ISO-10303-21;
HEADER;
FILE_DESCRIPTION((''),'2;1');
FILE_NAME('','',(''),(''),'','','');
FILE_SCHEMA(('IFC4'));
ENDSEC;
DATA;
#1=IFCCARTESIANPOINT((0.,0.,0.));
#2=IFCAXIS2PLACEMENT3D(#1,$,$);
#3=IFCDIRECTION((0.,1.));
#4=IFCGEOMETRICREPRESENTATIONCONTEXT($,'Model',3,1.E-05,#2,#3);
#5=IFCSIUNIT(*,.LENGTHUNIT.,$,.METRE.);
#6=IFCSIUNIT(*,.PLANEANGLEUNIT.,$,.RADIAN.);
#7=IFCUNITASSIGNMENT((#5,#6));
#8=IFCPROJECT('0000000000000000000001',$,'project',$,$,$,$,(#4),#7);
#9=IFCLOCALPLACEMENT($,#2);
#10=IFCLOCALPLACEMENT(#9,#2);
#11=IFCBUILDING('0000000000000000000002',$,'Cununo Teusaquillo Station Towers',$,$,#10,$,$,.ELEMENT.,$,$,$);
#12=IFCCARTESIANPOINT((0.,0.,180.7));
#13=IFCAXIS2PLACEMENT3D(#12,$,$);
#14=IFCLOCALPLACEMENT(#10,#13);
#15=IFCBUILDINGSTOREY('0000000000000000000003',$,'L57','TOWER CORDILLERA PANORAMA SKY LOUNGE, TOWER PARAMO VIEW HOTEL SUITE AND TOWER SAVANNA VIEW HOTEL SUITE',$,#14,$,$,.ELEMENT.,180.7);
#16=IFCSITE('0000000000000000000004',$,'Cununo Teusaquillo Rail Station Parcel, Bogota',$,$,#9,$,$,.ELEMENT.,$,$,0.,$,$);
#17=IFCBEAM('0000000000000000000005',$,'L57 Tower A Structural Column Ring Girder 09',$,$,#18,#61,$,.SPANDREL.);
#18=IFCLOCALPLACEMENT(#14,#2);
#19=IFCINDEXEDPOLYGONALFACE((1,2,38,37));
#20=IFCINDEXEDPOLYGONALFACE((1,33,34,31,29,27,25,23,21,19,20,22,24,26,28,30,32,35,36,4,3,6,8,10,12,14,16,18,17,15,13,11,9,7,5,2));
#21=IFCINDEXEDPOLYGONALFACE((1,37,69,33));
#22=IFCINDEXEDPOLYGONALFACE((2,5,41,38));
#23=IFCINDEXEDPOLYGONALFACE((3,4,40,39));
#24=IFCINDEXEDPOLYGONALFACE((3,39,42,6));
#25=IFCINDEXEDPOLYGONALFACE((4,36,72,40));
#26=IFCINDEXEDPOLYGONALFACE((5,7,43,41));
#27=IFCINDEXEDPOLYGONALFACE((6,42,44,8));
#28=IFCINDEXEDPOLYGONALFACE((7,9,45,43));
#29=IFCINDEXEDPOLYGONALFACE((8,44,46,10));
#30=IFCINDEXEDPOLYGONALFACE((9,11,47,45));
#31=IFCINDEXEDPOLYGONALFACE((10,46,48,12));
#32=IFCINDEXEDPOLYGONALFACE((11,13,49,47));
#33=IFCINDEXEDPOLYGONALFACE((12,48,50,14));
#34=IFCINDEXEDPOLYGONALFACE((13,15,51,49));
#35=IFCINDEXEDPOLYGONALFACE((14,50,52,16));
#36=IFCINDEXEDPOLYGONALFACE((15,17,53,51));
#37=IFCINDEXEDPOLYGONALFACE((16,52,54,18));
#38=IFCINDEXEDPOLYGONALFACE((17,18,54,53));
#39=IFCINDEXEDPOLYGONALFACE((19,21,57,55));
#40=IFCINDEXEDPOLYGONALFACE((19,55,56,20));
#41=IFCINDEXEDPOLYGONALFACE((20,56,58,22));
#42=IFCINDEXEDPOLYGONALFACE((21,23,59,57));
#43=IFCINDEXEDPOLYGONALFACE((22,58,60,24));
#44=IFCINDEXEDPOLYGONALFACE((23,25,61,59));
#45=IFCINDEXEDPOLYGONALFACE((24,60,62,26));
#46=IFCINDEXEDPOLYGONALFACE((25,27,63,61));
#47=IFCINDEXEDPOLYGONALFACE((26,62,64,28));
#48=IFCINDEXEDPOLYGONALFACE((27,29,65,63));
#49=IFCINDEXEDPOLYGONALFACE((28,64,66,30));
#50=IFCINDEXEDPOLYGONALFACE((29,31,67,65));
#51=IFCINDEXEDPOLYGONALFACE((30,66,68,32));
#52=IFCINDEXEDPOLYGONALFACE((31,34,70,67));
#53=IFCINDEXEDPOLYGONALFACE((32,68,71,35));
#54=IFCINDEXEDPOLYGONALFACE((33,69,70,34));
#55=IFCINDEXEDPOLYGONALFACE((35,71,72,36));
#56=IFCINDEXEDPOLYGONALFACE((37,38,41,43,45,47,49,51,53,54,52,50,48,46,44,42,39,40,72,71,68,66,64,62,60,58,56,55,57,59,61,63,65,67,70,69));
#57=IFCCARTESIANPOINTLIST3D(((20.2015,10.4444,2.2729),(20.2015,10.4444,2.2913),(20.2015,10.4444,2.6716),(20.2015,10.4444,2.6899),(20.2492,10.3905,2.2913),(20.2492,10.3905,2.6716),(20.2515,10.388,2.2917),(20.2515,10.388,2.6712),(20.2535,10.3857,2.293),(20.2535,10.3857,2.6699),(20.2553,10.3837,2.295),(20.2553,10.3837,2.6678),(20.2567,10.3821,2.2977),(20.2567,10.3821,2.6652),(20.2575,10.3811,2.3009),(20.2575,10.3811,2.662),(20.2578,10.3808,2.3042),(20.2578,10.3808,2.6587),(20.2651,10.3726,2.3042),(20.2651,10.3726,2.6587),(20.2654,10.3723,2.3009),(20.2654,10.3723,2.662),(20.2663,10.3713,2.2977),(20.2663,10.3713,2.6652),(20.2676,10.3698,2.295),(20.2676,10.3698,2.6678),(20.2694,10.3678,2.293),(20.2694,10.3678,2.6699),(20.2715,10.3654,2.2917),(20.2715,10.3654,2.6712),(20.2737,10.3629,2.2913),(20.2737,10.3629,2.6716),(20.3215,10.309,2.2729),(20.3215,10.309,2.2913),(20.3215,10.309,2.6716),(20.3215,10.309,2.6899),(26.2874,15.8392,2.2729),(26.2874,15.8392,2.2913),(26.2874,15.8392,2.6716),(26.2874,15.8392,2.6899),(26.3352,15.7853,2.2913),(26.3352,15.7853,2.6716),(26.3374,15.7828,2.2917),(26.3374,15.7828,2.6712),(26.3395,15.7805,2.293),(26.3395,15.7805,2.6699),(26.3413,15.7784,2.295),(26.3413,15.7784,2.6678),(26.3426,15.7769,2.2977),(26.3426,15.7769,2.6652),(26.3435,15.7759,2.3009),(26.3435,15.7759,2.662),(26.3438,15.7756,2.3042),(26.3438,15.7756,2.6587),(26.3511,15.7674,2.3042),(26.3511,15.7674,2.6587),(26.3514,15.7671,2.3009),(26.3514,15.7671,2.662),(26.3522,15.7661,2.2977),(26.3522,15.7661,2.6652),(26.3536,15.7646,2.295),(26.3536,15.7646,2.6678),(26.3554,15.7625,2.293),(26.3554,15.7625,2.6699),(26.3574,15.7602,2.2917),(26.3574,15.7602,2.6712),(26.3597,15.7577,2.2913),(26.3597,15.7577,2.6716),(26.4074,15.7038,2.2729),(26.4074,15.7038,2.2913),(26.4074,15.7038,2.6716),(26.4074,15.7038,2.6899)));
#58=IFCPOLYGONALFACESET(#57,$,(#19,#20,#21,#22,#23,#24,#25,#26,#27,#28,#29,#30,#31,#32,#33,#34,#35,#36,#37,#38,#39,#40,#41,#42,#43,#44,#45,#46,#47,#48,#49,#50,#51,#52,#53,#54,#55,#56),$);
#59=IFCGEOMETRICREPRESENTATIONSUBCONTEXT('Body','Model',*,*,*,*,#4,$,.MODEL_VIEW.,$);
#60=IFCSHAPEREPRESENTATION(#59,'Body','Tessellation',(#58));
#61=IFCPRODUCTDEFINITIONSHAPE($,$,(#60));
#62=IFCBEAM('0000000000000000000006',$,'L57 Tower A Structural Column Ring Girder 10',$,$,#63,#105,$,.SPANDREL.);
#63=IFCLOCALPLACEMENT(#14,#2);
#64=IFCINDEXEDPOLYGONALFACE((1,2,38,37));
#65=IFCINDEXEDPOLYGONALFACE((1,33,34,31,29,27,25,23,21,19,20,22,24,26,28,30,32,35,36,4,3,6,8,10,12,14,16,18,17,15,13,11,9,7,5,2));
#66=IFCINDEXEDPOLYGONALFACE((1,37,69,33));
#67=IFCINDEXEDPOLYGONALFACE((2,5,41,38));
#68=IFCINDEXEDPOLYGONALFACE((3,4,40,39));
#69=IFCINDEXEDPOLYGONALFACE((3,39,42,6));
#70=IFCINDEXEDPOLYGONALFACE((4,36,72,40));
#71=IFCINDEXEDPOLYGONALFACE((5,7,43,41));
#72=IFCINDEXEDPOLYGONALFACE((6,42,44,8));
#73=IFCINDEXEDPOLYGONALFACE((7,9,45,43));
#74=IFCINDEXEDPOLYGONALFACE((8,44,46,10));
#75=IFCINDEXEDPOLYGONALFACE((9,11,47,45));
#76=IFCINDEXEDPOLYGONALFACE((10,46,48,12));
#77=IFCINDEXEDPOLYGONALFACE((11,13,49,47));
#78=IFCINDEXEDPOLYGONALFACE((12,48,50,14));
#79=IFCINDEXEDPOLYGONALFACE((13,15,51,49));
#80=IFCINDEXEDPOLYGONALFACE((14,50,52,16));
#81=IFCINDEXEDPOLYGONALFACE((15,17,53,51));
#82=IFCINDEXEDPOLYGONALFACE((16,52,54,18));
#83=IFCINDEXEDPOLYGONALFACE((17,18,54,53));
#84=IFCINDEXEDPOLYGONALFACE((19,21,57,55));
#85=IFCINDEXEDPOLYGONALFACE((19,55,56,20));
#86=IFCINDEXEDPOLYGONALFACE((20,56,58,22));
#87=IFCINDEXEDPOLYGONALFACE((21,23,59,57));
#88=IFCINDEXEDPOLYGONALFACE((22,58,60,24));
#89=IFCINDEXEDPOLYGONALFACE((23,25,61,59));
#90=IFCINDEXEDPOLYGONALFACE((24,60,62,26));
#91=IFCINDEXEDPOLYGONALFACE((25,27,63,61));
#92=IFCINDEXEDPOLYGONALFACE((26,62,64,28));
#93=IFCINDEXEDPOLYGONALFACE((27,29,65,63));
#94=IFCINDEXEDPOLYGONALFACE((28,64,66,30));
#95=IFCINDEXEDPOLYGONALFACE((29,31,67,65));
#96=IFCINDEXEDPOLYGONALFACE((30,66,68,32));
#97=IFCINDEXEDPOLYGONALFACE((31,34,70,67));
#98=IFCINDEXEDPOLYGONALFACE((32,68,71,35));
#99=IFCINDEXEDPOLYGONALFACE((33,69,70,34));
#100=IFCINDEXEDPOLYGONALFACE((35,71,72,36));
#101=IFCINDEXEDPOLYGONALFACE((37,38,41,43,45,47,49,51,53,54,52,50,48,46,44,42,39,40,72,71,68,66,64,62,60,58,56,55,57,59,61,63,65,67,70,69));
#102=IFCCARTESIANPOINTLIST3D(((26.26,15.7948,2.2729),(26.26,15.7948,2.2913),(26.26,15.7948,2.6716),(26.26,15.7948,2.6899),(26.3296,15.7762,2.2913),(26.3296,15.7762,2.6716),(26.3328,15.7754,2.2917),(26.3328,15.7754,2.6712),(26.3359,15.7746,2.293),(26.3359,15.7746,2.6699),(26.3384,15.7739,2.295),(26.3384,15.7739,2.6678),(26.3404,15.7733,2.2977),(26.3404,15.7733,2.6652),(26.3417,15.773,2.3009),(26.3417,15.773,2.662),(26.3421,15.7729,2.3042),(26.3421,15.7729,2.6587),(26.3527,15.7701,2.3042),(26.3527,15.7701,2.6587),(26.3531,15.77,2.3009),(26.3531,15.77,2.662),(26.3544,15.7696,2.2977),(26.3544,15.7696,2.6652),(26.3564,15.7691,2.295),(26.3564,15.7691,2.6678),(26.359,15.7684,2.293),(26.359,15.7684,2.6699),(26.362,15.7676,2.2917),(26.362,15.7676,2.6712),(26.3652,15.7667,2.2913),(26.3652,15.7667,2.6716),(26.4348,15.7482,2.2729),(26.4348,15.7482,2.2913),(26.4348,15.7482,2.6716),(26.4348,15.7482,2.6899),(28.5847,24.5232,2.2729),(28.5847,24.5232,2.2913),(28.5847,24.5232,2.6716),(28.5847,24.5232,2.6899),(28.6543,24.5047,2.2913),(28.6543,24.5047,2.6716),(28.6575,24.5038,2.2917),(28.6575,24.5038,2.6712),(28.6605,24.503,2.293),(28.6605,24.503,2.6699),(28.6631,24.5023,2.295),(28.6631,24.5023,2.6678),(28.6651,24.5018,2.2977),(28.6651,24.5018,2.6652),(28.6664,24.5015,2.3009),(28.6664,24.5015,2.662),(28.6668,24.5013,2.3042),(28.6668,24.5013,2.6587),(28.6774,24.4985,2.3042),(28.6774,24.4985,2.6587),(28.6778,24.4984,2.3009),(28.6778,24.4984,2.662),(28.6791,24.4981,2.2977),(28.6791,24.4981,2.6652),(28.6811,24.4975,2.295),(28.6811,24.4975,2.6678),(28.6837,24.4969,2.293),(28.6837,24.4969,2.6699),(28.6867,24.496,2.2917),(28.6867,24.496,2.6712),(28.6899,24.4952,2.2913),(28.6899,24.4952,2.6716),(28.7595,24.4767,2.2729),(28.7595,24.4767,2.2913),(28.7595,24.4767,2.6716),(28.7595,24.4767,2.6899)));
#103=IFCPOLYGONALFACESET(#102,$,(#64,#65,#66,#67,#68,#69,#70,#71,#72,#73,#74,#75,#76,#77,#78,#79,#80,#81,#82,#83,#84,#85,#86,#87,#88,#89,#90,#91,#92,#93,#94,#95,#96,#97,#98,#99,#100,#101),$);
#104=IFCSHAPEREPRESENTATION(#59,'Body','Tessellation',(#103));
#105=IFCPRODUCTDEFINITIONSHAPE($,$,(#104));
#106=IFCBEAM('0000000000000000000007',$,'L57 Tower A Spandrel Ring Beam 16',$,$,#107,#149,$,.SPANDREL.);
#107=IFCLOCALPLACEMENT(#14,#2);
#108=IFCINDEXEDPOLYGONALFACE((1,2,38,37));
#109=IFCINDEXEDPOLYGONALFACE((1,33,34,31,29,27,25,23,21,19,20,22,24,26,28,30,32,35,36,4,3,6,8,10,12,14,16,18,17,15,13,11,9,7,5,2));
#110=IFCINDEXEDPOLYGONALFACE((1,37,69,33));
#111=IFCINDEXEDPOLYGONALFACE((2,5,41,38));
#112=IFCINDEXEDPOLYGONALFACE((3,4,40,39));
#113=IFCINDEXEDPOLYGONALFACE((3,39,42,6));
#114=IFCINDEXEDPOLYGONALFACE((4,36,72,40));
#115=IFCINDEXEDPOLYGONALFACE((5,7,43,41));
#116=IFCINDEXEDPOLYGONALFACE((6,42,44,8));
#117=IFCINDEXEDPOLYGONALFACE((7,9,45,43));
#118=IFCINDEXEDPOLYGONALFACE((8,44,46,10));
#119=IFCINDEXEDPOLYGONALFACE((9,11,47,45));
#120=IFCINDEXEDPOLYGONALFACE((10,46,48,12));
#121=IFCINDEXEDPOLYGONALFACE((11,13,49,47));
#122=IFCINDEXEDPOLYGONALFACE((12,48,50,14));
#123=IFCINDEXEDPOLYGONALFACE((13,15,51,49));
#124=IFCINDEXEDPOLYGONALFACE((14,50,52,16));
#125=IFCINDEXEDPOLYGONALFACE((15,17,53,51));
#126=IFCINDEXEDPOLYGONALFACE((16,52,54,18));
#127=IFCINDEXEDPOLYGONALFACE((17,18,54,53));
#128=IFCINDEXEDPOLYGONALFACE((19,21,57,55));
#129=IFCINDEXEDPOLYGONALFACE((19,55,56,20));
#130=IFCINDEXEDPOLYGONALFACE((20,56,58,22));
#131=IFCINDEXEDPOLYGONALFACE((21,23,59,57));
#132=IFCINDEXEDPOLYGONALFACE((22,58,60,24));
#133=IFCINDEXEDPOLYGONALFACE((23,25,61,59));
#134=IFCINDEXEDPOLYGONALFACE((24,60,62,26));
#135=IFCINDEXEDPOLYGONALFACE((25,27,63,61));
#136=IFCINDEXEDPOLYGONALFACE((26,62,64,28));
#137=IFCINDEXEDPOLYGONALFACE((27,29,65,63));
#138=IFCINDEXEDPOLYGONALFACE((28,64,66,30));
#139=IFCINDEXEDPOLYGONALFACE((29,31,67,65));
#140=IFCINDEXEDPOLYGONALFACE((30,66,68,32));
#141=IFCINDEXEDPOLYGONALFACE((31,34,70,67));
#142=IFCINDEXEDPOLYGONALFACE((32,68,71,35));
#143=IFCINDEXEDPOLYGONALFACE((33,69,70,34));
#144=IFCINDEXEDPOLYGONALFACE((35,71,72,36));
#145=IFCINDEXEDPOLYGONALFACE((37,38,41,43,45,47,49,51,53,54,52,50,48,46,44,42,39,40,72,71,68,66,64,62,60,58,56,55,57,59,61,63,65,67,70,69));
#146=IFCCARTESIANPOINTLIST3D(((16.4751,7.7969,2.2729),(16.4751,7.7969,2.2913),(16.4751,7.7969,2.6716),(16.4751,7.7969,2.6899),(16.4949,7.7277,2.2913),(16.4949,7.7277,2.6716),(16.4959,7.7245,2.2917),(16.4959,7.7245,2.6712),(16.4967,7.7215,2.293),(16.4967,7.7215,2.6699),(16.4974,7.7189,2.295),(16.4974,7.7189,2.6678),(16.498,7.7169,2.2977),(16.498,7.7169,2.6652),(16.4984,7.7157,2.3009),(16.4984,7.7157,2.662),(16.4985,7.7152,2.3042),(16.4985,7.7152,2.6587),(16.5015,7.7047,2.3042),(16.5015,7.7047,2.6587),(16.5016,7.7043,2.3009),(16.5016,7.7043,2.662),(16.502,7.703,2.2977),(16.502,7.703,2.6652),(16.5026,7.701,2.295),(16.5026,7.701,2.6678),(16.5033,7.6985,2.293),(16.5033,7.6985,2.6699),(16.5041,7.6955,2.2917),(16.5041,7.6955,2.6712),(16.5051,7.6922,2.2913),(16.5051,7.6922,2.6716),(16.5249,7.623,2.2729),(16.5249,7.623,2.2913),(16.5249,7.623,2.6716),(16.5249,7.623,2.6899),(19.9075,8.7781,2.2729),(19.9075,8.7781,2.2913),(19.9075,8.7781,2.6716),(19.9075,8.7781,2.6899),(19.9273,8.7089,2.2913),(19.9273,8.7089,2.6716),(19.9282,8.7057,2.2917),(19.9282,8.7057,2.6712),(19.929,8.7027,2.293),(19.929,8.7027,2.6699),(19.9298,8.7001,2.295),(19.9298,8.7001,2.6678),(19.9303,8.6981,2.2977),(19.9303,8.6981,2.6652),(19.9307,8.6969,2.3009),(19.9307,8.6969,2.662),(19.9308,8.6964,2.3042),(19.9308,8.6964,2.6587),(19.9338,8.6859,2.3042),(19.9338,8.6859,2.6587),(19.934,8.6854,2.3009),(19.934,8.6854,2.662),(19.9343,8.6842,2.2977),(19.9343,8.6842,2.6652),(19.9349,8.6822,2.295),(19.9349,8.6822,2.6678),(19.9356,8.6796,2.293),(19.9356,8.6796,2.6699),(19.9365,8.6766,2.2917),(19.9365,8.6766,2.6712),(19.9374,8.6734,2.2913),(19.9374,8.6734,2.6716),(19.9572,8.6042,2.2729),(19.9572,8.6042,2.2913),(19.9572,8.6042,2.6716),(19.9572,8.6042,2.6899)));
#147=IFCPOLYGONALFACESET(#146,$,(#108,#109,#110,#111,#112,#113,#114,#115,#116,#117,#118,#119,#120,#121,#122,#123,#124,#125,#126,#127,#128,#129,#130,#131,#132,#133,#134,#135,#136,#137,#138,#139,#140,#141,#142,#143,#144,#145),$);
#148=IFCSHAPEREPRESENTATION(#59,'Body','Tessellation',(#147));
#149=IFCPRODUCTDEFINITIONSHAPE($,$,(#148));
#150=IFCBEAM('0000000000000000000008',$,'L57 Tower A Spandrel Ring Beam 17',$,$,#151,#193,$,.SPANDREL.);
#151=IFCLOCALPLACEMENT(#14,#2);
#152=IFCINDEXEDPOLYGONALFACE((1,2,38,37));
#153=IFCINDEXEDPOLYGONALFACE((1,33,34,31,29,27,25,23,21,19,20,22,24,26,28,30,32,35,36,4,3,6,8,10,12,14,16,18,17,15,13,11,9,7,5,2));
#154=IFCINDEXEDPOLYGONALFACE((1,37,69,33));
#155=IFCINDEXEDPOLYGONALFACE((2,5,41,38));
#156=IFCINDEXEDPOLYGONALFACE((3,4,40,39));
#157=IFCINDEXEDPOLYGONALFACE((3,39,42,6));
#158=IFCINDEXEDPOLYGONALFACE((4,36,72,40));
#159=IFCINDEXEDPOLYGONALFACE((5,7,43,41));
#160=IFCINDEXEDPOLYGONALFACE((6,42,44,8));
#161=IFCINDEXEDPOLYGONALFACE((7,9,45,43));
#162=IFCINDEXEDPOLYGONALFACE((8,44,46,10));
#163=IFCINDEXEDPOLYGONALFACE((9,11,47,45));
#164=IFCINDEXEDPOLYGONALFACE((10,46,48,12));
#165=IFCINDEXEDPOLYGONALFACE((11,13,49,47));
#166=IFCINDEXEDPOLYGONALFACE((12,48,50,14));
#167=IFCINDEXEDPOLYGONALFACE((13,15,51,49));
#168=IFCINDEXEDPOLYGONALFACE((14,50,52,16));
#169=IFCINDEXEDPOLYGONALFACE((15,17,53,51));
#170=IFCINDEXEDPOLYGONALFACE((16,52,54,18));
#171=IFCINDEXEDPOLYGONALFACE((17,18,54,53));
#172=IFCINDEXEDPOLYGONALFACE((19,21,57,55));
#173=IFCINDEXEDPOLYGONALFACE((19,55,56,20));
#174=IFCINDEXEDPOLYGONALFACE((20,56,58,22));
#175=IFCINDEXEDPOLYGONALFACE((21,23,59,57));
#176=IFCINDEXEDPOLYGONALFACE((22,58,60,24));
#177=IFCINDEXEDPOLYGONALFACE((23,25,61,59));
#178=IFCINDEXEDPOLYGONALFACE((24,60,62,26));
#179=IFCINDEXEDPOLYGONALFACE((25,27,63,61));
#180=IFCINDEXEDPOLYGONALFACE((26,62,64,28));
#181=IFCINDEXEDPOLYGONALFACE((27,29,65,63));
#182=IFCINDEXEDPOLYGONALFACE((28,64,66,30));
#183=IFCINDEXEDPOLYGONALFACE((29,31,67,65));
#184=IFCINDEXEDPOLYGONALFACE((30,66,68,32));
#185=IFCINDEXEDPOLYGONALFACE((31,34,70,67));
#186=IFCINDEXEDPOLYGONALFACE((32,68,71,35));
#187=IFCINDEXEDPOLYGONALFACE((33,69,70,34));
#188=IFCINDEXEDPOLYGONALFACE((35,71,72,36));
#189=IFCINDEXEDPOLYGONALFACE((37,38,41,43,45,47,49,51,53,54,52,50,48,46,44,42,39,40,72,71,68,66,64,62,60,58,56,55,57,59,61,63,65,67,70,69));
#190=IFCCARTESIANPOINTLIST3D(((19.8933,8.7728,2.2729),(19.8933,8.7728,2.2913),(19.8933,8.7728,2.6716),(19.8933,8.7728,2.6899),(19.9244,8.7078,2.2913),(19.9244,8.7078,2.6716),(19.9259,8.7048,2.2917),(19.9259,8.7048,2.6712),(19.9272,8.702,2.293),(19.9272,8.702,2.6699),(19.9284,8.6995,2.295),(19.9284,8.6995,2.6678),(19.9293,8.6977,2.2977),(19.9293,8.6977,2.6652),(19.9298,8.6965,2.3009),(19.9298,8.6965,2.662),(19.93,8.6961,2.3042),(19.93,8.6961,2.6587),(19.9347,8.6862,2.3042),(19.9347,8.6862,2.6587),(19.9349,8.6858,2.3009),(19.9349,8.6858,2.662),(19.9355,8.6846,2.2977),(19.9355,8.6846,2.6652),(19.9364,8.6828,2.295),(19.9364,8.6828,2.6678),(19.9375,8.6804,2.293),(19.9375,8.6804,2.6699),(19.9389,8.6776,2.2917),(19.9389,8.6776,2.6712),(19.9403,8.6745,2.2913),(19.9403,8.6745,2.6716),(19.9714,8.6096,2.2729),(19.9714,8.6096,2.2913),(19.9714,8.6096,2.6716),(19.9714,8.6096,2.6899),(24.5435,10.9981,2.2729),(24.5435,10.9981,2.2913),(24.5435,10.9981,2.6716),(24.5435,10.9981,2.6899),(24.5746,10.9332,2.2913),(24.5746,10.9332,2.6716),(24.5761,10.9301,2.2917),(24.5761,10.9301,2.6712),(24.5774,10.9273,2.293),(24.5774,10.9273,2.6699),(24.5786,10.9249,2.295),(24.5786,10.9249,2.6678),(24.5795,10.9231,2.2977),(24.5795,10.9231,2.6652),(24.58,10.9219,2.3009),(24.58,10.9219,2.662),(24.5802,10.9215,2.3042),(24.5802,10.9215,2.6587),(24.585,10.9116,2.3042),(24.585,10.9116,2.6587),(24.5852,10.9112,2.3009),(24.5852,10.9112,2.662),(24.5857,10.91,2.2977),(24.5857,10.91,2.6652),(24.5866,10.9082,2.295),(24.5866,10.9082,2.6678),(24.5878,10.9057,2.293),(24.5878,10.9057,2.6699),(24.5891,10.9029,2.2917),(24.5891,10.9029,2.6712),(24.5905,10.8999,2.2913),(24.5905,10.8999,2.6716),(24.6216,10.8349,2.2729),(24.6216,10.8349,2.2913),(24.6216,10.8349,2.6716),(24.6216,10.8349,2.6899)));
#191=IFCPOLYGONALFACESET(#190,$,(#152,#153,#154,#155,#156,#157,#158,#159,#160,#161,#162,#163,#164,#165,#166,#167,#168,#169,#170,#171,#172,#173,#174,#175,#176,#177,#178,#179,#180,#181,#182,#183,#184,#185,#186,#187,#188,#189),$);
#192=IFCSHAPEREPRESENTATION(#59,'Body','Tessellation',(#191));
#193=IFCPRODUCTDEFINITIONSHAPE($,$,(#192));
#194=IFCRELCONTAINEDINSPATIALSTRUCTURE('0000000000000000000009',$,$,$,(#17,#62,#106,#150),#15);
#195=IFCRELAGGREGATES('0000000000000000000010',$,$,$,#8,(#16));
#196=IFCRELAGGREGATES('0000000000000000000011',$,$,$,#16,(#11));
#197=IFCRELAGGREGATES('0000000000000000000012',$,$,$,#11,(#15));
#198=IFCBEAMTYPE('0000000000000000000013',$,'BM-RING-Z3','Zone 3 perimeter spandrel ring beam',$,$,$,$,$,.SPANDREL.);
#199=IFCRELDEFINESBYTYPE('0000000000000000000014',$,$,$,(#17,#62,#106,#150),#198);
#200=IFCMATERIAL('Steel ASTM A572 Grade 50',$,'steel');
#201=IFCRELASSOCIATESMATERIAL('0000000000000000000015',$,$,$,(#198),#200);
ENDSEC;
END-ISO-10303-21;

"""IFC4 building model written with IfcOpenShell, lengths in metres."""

from ifc_helpers import new_model, si_unit, direction, frame, origin, origin_2d, place, context, subcontext, project, spatial, i_section, extrude, material, material_profile, profile_set, type_object, element, save


model = new_model("IFC4")

# Units and contexts
model_context = context("Model", 3, precision=1e-05, world=origin(), true_north=direction((0.0, 1.0)))
body_context = subcontext(model_context, "Body", "Model", "MODEL_VIEW")
ifc_project = project(units=[si_unit("LENGTHUNIT", "METRE"), si_unit("PLANEANGLEUNIT", "RADIAN")], contexts=[model_context])

# Site, building, storey
site_placement = place(None, origin())
site = spatial("IfcSite", under=ifc_project, at=site_placement, Name="Cununo Teusaquillo Rail Station Parcel, Bogota", CompositionType="ELEMENT", RefElevation=0.0)
building_placement = place(site_placement, origin())
building = spatial("IfcBuilding", under=site, at=building_placement, Name="Cununo Teusaquillo Station Towers", CompositionType="ELEMENT")
storey_placement = place(building_placement, frame((0.0, 0.0, 180.7)))
storey = spatial("IfcBuildingStorey", under=building, at=storey_placement, Name="L57", Description="TOWER CORDILLERA PANORAMA SKY LOUNGE, TOWER PARAMO VIEW HOTEL SUITE AND TOWER SAVANNA VIEW HOTEL SUITE", CompositionType="ELEMENT", Elevation=180.7)

# Beams
ifc_material_1 = material(Name="Steel ASTM A572 Grade 50", Category="steel")
ifc_material_profile_1 = material_profile(ifc_material_1, i_section(OverallWidth=0.1809, OverallDepth=0.417, WebThickness=0.011, FlangeThickness=0.0183, FilletRadius=0.0129, at=origin_2d()), Name="W16X57")
ifc_profile_set_1 = profile_set([ifc_material_profile_1], Name="Steel ASTM A572 Grade 50")
beam_type_1 = type_object("IfcBeamType", Name="BM-RING-Z3", Description="Zone 3 perimeter spandrel ring beam", PredefinedType="SPANDREL", material=ifc_profile_set_1)
beam_1_placement = place(storey_placement, frame((20.2615, 10.3767, 2.4814), z_axis=(0.748321, 0.663337, 0.0), x_axis=(-0.663337, 0.748321, 0.0)))
element("IfcBeam", 1, at=beam_1_placement, inside=storey, type_object=beam_type_1, Name="L57 Tower A Structural Column Ring Girder 09", PredefinedType="SPANDREL", context=body_context, shape_type="SweptSolid", body=[
    extrude(i_section(OverallWidth=0.1809, OverallDepth=0.417, WebThickness=0.011, FlangeThickness=0.0183, FilletRadius=0.0129, at=origin_2d()), origin(), (0.0, 0.0, 1.0), 8.1328),
])
beam_2_placement = place(storey_placement, frame((26.3474, 15.7715, 2.4814), z_axis=(0.257363, 0.966315, 0.0), x_axis=(-0.966315, 0.257363, 0.0)))
element("IfcBeam", 2, at=beam_2_placement, inside=storey, type_object=beam_type_1, Name="L57 Tower A Structural Column Ring Girder 10", PredefinedType="SPANDREL", context=body_context, shape_type="SweptSolid", body=[
    extrude(i_section(OverallWidth=0.1809, OverallDepth=0.417, WebThickness=0.011, FlangeThickness=0.0183, FilletRadius=0.0129, at=origin_2d()), origin(), (0.0, 0.0, 1.0), 9.0327),
])
beam_3_placement = place(storey_placement, frame((16.5, 7.71, 2.4814), z_axis=(0.961485, 0.274857, 0.0), x_axis=(-0.274857, 0.961485, 0.0)))
element("IfcBeam", 3, at=beam_3_placement, inside=storey, type_object=beam_type_1, Name="L57 Tower A Spandrel Ring Beam 16", PredefinedType="SPANDREL", context=body_context, shape_type="SweptSolid", body=[
    extrude(i_section(OverallWidth=0.1809, OverallDepth=0.417, WebThickness=0.011, FlangeThickness=0.0183, FilletRadius=0.0129, at=origin_2d()), origin(), (0.0, 0.0, 1.0), 3.5698),
])
beam_4_placement = place(storey_placement, frame((19.9324, 8.6912, 2.4814), z_axis=(0.902032, 0.43167, 0.0), x_axis=(-0.43167, 0.902032, 0.0)))
element("IfcBeam", 4, at=beam_4_placement, inside=storey, type_object=beam_type_1, Name="L57 Tower A Spandrel Ring Beam 17", PredefinedType="SPANDREL", context=body_context, shape_type="SweptSolid", body=[
    extrude(i_section(OverallWidth=0.1809, OverallDepth=0.417, WebThickness=0.011, FlangeThickness=0.0183, FilletRadius=0.0129, at=origin_2d()), origin(), (0.0, 0.0, 1.0), 5.1553),
])

save(model, "model.ifc")
